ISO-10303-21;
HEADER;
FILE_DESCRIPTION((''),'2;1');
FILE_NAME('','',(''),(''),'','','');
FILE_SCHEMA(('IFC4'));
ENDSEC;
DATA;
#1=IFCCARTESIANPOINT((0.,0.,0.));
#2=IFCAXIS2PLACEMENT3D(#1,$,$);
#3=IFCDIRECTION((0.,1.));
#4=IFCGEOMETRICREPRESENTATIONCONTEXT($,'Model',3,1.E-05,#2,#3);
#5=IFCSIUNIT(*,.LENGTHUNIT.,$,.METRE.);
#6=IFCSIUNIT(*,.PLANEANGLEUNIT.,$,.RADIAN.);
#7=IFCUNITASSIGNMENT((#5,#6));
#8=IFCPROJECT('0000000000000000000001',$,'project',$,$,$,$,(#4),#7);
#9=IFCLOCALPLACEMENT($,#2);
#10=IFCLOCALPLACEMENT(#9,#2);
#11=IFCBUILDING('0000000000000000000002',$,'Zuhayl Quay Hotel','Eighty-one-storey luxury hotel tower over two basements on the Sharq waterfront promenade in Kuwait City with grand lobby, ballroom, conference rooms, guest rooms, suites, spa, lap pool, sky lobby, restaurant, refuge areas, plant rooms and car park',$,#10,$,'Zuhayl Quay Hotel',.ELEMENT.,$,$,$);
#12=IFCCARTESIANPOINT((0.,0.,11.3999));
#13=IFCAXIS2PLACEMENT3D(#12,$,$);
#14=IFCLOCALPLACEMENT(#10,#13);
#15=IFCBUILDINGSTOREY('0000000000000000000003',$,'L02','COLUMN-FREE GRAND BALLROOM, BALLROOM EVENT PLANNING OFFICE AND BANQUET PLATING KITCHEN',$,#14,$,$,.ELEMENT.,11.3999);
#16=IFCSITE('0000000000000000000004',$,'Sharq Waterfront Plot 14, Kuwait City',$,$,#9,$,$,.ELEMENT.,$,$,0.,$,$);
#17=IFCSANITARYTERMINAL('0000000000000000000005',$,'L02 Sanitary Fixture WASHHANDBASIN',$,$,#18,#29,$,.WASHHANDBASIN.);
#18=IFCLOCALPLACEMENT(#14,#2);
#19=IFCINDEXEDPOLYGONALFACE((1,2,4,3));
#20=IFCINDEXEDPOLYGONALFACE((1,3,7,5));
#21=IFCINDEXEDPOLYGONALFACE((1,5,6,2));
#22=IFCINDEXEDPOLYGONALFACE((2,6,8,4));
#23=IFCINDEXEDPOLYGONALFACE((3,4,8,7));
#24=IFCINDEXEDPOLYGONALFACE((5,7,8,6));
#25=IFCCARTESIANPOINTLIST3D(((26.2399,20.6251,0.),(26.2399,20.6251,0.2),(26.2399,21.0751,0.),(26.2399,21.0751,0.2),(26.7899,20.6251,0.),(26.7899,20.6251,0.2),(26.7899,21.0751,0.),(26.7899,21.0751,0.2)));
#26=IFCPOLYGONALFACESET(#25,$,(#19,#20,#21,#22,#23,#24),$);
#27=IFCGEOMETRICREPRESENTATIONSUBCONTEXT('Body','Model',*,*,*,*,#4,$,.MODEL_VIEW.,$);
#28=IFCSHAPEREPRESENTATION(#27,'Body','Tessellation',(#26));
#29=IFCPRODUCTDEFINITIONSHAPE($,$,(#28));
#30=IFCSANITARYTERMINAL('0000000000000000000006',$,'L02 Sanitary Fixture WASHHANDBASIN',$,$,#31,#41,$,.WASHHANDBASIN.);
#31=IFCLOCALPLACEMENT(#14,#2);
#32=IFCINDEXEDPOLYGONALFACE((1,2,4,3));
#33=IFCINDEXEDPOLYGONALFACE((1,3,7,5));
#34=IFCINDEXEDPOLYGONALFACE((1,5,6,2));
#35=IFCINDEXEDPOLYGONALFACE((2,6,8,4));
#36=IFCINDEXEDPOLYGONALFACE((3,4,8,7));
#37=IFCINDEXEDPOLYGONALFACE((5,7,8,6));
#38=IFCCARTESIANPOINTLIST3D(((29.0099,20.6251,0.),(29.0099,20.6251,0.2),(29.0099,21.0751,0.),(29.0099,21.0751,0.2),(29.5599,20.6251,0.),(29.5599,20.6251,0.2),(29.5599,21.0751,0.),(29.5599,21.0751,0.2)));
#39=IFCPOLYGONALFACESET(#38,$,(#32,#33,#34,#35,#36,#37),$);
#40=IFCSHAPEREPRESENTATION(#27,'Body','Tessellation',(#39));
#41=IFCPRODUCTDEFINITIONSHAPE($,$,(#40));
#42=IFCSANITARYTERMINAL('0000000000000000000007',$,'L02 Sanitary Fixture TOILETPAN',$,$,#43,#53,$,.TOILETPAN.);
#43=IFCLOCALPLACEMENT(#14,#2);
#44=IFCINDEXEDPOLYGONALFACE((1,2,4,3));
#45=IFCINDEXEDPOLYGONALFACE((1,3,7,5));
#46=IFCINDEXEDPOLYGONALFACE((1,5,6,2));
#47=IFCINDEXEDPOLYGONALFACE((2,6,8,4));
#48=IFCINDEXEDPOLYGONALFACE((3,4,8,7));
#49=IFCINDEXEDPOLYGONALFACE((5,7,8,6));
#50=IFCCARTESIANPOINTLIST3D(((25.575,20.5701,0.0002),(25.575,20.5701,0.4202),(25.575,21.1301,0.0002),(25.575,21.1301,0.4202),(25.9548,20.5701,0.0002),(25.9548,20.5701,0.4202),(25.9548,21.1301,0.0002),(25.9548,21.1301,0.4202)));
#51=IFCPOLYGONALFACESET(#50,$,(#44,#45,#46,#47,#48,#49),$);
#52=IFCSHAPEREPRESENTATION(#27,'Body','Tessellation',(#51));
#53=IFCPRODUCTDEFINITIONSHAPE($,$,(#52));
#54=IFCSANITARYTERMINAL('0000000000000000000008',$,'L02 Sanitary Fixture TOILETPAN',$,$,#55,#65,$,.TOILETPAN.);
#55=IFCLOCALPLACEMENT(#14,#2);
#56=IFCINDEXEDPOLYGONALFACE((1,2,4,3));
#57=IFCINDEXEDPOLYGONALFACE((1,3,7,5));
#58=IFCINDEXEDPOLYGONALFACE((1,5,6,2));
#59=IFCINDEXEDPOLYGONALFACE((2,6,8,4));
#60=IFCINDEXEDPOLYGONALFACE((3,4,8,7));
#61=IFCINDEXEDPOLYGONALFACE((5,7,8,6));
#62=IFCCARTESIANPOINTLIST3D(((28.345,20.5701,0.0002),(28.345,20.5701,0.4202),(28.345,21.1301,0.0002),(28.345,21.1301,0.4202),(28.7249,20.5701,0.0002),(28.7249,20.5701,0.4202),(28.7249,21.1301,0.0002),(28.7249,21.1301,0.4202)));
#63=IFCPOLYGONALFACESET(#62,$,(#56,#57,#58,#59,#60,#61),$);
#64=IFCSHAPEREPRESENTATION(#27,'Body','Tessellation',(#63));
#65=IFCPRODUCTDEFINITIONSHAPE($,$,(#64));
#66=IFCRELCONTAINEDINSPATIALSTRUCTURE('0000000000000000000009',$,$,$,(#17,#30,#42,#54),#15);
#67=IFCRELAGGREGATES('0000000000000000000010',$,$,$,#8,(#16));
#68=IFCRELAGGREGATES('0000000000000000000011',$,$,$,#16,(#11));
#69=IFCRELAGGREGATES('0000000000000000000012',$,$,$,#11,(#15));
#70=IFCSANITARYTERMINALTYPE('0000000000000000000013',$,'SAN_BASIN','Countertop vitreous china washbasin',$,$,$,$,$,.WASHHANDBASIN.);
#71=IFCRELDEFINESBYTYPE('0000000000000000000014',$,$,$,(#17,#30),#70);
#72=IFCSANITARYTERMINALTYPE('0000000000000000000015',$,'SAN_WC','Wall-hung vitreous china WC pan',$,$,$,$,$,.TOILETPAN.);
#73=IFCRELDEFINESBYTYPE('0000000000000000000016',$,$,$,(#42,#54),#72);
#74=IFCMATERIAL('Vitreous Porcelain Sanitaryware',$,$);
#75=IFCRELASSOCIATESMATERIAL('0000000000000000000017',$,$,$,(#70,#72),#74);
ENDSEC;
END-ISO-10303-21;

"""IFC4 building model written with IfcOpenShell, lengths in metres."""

from ifc_helpers import new_model, si_unit, direction, frame, origin, origin_2d, place, context, subcontext, project, spatial, rectangle, extrude, material, type_object, element, save


model = new_model("IFC4")

# Units and contexts
model_context = context("Model", 3, precision=1e-05, world=origin(), true_north=direction((0.0, 1.0)))
body_context = subcontext(model_context, "Body", "Model", "MODEL_VIEW")
ifc_project = project(units=[si_unit("LENGTHUNIT", "METRE"), si_unit("PLANEANGLEUNIT", "RADIAN")], contexts=[model_context])

# Site, building, storey
site_placement = place(None, origin())
site = spatial("IfcSite", under=ifc_project, at=site_placement, Name="Sharq Waterfront Plot 14, Kuwait City", CompositionType="ELEMENT", RefElevation=0.0)
building_placement = place(site_placement, origin())
building = spatial("IfcBuilding", under=site, at=building_placement, Name="Zuhayl Quay Hotel", Description="Eighty-one-storey luxury hotel tower over two basements on the Sharq waterfront promenade in Kuwait City with grand lobby, ballroom, conference rooms, guest rooms, suites, spa, lap pool, sky lobby, restaurant, refuge areas, plant rooms and car park", LongName="Zuhayl Quay Hotel", CompositionType="ELEMENT")
storey_placement = place(building_placement, frame((0.0, 0.0, 11.3999)))
storey = spatial("IfcBuildingStorey", under=building, at=storey_placement, Name="L02", Description="COLUMN-FREE GRAND BALLROOM, BALLROOM EVENT PLANNING OFFICE AND BANQUET PLATING KITCHEN", CompositionType="ELEMENT", Elevation=11.3999)

# Sanitary terminals
ifc_material_1 = material(Name="Vitreous Porcelain Sanitaryware")
sanitary_terminal_type_1 = type_object("IfcSanitaryTerminalType", Name="SAN_BASIN", Description="Countertop vitreous china washbasin", PredefinedType="WASHHANDBASIN", material=ifc_material_1)
for number, where, z_axis, x_axis, name in (
    (1, (26.5149, 20.8501, 0.0), (0.0, 0.0, 1.0), (1.0, 0.0, 0.0), "L02 Sanitary Fixture WASHHANDBASIN"),
    (2, (29.2849, 20.8501, 0.0), (0.0, 0.0, 1.0), (1.0, 0.0, 0.0), "L02 Sanitary Fixture WASHHANDBASIN"),
):
    element("IfcSanitaryTerminal", number, at=place(storey_placement, frame(where, z_axis=z_axis, x_axis=x_axis)), inside=storey, type_object=sanitary_terminal_type_1, Name=name, PredefinedType="WASHHANDBASIN", context=body_context, shape_type="SweptSolid", body=[
        extrude(rectangle(XDim=0.55, YDim=0.45, at=origin_2d()), origin(), (0.0, 0.0, 1.0), 0.2),
    ])
sanitary_terminal_type_2 = type_object("IfcSanitaryTerminalType", Name="SAN_WC", Description="Wall-hung vitreous china WC pan", PredefinedType="TOILETPAN", material=ifc_material_1)
for number, where, z_axis, x_axis, name in (
    (3, (25.7649, 20.8501, 0.0002), (0.0, 0.0, 1.0), (1.0, 0.0, 0.0), "L02 Sanitary Fixture TOILETPAN"),
    (4, (28.5349, 20.8501, 0.0002), (0.0, 0.0, 1.0), (1.0, 0.0, 0.0), "L02 Sanitary Fixture TOILETPAN"),
):
    element("IfcSanitaryTerminal", number, at=place(storey_placement, frame(where, z_axis=z_axis, x_axis=x_axis)), inside=storey, type_object=sanitary_terminal_type_2, Name=name, PredefinedType="TOILETPAN", context=body_context, shape_type="SweptSolid", body=[
        extrude(rectangle(XDim=0.3799, YDim=0.5601, at=origin_2d()), origin(), (0.0, 0.0, 1.0), 0.4199),
    ])

save(model, "model.ifc")
